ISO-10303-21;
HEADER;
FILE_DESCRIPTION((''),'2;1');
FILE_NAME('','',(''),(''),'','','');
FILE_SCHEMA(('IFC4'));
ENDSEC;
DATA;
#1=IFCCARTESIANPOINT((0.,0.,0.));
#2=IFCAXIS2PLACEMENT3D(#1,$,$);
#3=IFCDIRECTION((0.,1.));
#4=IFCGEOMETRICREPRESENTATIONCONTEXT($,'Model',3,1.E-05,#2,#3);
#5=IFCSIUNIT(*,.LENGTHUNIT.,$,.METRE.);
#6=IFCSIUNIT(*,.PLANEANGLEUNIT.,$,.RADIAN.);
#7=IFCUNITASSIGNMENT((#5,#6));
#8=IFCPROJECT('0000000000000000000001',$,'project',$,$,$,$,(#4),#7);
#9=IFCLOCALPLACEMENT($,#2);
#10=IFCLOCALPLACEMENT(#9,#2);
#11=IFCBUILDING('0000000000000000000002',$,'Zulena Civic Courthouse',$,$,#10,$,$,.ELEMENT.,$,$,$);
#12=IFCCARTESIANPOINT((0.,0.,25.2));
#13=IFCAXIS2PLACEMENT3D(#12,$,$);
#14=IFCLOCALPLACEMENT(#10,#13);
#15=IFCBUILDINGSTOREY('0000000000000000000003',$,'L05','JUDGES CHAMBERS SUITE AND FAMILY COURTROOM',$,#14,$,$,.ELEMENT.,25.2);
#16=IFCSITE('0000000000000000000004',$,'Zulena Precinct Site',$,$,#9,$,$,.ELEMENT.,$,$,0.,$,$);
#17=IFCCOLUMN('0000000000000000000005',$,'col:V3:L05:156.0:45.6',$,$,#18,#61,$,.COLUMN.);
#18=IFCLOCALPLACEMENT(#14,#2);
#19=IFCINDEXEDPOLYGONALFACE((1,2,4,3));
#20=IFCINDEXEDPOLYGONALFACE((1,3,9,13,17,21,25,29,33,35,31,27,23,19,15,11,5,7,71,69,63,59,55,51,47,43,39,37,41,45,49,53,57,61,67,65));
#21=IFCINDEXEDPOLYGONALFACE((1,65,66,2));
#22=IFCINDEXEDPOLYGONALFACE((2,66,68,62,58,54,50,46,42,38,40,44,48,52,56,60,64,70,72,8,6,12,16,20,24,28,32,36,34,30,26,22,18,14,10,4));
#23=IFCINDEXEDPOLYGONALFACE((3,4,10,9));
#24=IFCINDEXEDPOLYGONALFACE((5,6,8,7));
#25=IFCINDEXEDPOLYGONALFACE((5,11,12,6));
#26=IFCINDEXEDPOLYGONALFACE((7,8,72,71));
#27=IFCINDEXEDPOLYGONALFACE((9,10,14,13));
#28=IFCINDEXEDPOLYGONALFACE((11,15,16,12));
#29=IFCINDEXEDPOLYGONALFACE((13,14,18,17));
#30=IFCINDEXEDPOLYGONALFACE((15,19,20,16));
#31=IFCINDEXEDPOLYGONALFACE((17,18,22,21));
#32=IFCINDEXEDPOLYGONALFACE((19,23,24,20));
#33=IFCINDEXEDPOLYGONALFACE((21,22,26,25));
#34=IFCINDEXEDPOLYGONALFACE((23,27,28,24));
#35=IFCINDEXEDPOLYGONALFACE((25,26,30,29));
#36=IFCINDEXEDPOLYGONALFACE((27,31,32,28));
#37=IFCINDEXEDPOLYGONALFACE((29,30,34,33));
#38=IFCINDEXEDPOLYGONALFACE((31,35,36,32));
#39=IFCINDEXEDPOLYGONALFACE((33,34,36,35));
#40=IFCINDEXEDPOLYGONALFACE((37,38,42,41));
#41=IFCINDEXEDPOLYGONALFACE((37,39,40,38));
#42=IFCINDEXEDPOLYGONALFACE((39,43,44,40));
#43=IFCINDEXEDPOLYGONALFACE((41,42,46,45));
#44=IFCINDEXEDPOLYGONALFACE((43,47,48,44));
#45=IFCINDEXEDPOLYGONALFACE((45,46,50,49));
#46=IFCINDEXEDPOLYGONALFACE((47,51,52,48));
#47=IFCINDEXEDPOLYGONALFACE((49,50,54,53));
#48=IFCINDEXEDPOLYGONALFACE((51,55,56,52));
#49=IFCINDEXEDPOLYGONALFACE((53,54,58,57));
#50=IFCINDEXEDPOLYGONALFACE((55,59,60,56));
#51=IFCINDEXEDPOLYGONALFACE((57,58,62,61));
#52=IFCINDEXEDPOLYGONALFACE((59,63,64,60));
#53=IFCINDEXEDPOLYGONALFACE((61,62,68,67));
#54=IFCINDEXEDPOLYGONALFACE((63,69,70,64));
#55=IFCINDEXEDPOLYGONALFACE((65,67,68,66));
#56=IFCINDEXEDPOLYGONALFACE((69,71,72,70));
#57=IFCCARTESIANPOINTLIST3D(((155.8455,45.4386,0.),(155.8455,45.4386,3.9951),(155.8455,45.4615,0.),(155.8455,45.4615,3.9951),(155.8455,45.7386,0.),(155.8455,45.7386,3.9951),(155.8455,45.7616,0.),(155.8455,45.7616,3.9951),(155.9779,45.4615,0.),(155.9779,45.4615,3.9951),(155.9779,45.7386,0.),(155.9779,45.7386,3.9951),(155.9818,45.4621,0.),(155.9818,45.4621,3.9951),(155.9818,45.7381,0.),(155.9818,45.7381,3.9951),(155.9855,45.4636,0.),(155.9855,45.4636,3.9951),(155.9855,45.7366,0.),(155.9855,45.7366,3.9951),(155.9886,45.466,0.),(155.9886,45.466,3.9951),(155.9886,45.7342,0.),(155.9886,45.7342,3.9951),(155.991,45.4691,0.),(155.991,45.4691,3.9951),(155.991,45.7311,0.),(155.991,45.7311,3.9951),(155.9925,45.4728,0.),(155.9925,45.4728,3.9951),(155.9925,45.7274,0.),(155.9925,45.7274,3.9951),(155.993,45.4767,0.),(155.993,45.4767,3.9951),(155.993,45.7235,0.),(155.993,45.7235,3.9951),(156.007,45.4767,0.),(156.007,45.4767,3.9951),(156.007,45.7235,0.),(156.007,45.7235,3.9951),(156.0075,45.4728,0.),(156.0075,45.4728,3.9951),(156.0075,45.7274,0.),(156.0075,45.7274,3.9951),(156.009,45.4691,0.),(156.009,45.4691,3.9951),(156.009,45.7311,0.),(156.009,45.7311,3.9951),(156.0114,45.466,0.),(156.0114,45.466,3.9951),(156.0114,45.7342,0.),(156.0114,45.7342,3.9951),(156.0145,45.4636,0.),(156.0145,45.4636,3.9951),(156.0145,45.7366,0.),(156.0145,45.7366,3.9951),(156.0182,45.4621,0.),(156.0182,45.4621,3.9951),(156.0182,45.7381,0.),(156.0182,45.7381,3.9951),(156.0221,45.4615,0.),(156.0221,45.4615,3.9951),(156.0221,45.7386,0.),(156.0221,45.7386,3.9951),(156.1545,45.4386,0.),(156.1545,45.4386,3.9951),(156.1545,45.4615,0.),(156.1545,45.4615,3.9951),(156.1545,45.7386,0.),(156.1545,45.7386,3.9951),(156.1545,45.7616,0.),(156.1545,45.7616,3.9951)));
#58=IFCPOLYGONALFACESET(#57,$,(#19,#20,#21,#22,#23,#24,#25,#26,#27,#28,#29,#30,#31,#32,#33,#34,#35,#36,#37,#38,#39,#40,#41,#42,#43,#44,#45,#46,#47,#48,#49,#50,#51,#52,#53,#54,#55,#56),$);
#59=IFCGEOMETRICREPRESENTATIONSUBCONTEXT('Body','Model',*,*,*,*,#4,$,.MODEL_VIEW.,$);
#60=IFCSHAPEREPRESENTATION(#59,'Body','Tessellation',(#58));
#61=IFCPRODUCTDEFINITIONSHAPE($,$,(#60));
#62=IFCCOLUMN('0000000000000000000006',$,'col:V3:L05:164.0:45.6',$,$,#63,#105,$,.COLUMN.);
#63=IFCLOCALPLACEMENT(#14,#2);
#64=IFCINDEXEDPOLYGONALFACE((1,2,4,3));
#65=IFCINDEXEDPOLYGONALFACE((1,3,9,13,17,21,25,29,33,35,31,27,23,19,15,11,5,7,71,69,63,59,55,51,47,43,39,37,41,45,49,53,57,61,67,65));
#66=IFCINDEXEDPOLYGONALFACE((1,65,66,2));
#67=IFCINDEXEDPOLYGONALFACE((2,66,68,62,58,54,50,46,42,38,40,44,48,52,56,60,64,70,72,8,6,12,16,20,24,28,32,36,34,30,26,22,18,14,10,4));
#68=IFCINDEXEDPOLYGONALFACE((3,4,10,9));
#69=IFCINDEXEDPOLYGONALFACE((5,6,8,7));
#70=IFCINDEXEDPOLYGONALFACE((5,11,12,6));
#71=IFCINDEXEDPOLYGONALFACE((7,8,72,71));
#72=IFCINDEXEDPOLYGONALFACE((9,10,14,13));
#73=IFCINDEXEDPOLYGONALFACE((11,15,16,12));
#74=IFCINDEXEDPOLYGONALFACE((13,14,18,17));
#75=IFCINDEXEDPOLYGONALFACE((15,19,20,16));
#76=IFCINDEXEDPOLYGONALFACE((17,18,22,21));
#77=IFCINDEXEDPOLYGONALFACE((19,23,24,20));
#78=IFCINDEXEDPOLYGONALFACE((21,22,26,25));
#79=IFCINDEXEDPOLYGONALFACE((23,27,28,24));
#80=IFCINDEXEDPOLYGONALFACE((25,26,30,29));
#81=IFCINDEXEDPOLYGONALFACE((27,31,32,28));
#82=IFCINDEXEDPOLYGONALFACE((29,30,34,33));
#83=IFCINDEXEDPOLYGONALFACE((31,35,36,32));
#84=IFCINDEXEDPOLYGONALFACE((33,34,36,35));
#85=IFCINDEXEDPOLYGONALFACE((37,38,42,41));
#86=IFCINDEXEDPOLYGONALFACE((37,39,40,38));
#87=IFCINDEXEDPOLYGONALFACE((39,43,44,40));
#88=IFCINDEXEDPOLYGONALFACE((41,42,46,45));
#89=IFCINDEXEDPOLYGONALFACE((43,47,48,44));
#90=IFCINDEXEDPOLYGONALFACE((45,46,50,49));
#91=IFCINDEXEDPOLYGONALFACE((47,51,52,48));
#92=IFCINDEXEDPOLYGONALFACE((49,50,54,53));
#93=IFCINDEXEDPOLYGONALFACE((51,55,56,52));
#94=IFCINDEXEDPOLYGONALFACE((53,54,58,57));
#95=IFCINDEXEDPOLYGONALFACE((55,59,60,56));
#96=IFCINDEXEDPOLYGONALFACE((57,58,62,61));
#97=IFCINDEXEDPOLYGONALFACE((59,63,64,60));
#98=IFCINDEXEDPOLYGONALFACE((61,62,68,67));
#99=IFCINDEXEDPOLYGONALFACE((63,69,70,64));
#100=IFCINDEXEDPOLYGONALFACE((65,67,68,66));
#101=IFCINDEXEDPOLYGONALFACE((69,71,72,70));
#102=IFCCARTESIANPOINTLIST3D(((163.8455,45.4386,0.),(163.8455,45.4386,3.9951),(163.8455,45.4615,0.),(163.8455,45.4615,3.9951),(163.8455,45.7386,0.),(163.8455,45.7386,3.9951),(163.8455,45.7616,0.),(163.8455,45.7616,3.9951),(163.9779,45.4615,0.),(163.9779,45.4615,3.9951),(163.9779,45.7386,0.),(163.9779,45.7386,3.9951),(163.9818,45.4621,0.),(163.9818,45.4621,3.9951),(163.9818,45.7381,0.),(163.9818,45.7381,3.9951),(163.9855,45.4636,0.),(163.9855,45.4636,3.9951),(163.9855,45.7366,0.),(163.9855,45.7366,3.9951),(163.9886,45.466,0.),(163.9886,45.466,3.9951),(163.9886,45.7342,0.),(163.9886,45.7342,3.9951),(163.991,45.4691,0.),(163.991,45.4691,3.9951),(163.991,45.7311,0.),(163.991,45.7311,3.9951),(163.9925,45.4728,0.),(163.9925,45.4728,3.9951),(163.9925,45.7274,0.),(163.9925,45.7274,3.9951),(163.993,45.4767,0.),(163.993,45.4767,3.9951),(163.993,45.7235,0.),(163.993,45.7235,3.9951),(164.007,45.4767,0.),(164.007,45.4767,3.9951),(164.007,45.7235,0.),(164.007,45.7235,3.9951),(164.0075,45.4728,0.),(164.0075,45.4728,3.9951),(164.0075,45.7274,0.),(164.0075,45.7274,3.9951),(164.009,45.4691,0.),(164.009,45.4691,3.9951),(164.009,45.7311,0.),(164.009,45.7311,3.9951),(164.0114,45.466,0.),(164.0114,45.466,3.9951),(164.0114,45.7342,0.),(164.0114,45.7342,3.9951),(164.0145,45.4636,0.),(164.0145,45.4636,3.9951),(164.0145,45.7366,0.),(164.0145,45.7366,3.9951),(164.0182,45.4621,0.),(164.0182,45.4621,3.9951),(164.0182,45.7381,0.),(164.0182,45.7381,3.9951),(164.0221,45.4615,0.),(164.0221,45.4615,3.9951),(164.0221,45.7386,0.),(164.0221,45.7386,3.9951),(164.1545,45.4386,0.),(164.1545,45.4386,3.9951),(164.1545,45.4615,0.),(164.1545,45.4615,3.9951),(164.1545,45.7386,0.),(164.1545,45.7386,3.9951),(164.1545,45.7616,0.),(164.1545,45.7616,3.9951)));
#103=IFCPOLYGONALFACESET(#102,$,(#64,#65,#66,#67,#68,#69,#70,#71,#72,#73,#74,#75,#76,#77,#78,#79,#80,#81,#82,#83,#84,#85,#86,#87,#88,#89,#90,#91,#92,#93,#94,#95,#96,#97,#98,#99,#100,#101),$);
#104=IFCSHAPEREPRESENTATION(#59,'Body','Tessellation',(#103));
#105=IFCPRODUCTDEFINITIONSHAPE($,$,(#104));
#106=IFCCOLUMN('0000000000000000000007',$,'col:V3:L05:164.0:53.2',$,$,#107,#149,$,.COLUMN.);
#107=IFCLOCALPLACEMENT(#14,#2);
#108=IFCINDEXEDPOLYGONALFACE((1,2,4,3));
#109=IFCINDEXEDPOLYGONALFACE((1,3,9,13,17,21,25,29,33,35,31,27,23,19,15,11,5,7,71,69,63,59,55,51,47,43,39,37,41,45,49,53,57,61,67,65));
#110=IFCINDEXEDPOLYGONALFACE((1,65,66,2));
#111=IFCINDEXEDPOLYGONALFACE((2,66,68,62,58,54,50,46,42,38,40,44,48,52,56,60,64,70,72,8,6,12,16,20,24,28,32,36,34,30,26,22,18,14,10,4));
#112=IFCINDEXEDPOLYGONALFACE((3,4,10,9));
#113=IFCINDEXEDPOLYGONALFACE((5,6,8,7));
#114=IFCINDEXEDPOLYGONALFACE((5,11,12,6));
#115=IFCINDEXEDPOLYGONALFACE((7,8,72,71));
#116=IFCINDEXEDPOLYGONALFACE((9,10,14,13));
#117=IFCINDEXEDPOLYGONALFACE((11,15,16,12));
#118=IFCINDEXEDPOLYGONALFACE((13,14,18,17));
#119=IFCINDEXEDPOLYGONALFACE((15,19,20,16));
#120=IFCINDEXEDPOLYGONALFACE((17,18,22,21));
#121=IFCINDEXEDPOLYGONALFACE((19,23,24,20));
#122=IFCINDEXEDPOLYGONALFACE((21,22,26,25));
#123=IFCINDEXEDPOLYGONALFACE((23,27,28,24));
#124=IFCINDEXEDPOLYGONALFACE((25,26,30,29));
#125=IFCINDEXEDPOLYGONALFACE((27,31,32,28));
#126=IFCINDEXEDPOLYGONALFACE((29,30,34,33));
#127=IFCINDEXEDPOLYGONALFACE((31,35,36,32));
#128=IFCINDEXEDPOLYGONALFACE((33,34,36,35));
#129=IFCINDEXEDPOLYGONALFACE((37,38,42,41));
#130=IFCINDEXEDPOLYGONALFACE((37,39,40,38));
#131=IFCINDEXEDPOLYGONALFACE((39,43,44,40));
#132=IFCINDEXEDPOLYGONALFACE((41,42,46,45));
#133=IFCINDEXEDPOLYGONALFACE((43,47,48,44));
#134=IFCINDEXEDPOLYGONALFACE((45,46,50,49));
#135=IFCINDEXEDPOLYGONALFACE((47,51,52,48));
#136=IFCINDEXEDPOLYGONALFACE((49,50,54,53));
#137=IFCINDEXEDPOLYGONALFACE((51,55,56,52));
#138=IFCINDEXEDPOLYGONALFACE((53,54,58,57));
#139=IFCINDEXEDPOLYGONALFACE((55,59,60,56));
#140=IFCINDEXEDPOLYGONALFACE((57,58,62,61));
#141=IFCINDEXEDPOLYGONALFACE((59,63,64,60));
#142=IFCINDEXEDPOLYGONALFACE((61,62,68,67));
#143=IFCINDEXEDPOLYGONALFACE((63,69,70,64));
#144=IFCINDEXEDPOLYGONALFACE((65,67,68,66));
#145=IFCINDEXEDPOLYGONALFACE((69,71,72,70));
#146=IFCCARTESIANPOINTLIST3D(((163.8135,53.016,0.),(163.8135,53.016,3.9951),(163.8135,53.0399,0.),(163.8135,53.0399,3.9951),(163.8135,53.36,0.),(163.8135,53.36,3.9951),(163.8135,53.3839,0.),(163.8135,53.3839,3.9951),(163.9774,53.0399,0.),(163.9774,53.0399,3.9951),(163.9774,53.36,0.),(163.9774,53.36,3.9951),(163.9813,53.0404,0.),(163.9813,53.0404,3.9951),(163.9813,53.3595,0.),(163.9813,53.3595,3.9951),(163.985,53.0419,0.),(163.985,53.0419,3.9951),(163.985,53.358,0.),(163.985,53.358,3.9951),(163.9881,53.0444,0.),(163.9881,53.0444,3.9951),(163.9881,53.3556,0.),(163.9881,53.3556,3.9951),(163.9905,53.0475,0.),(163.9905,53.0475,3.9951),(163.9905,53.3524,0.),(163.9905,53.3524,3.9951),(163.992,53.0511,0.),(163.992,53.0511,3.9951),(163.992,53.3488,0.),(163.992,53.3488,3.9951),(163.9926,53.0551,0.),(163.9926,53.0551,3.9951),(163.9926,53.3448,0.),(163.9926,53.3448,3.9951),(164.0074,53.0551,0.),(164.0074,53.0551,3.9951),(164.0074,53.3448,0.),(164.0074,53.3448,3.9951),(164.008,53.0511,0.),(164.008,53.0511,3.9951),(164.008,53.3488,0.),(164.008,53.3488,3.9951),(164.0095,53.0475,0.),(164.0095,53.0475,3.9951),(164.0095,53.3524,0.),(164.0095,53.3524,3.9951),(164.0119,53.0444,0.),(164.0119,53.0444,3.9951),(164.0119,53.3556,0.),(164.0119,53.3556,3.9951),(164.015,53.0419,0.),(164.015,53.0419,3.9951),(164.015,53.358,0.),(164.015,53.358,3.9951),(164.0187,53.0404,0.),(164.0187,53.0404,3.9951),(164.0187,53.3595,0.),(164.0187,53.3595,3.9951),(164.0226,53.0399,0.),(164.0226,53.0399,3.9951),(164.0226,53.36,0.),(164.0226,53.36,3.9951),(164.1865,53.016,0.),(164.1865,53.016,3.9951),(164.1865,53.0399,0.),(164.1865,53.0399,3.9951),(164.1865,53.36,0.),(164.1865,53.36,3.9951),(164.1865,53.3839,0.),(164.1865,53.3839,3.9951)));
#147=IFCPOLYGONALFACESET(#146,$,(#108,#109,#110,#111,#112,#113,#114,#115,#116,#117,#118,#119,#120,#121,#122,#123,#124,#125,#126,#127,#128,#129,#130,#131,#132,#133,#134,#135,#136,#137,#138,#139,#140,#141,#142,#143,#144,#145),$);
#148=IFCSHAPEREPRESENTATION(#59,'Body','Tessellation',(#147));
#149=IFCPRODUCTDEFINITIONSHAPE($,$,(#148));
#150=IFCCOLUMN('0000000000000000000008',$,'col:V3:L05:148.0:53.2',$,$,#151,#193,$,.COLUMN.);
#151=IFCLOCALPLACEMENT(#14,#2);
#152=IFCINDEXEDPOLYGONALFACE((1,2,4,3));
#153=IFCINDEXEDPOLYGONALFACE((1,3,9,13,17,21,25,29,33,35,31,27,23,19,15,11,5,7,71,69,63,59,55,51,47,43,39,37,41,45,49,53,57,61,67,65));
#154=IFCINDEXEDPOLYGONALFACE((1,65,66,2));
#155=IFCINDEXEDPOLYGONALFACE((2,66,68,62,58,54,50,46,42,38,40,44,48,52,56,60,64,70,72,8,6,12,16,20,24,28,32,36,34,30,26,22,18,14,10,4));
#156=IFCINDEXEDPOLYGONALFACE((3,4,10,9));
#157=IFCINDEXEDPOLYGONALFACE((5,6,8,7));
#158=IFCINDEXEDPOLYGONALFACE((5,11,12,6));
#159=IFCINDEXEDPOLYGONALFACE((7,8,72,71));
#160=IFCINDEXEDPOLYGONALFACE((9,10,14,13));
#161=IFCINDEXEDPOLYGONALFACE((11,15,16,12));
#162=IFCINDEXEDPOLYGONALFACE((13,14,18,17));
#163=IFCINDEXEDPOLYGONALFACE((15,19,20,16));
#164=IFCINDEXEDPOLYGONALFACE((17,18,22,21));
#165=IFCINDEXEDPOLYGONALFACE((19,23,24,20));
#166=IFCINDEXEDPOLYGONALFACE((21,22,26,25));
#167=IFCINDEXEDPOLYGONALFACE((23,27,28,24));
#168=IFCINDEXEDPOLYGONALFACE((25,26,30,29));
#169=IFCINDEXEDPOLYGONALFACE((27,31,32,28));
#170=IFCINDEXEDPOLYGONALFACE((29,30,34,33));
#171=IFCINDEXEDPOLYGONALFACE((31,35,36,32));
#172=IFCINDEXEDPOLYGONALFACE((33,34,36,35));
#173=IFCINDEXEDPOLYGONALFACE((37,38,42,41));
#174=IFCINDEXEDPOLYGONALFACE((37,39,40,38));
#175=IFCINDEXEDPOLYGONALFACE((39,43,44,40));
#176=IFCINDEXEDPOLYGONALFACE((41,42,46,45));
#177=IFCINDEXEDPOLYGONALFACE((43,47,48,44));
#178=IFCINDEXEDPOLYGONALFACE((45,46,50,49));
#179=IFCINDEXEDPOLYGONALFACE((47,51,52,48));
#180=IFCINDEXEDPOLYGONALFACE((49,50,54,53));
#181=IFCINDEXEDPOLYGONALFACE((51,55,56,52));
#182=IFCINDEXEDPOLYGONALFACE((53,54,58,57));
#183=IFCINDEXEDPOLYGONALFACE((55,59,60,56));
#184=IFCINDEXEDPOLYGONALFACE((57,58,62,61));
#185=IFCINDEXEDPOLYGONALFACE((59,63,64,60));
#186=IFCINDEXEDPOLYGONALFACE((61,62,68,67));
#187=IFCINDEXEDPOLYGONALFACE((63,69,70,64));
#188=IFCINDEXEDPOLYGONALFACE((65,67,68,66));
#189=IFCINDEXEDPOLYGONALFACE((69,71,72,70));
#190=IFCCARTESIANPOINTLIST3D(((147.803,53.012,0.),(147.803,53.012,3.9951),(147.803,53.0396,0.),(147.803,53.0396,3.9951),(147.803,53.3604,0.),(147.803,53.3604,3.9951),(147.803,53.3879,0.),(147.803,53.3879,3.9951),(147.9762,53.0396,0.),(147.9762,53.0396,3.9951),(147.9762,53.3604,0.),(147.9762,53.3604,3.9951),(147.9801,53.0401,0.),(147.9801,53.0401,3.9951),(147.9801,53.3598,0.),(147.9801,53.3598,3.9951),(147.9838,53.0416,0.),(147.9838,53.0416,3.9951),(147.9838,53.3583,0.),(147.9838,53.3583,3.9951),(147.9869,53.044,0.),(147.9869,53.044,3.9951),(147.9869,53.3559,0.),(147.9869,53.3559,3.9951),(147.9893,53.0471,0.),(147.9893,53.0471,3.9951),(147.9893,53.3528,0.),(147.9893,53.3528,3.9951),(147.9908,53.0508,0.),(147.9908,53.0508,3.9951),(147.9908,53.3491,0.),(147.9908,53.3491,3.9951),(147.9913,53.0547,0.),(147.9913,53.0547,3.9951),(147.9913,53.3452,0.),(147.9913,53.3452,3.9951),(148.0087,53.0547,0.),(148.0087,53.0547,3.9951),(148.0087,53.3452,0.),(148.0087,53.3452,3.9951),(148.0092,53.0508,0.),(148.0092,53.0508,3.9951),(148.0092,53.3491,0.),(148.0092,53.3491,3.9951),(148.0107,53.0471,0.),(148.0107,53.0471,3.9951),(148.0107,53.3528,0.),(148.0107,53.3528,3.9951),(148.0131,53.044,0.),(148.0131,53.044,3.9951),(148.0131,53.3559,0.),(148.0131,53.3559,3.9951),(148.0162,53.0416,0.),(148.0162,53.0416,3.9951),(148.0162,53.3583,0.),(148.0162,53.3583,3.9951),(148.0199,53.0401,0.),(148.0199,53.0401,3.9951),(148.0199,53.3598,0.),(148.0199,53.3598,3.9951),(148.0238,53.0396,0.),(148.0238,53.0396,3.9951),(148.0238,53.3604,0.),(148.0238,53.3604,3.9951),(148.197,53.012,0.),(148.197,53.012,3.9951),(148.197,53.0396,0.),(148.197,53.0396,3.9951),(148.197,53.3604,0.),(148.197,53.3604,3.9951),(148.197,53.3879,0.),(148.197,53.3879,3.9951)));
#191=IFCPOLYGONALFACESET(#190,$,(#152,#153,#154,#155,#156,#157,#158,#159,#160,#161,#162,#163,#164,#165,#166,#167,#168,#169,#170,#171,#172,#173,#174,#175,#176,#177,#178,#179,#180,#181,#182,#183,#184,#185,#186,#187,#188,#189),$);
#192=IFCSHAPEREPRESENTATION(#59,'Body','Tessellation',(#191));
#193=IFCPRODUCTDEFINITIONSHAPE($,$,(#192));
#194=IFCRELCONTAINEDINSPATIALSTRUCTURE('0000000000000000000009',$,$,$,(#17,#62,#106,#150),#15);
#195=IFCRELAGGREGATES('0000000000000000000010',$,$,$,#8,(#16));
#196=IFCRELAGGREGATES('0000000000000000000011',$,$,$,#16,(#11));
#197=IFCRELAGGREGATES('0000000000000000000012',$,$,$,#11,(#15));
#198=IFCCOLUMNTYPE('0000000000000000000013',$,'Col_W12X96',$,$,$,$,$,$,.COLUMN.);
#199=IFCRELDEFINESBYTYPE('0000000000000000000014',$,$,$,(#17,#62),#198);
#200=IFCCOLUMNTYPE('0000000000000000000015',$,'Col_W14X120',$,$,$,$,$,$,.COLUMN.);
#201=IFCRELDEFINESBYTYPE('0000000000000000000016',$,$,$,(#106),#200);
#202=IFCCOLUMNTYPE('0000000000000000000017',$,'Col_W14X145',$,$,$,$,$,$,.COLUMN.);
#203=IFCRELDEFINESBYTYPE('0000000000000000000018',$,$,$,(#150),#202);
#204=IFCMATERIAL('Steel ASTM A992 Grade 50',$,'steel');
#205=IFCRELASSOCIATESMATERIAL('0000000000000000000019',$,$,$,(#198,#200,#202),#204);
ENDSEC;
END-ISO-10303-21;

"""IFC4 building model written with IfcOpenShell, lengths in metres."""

from ifc_helpers import new_model, si_unit, direction, frame, origin, origin_2d, place, context, subcontext, project, spatial, i_section, extrude, material, material_profile, profile_set, type_object, element, save


model = new_model("IFC4")

# Units and contexts
model_context = context("Model", 3, precision=1e-05, world=origin(), true_north=direction((0.0, 1.0)))
body_context = subcontext(model_context, "Body", "Model", "MODEL_VIEW")
ifc_project = project(units=[si_unit("LENGTHUNIT", "METRE"), si_unit("PLANEANGLEUNIT", "RADIAN")], contexts=[model_context])

# Site, building, storey
site_placement = place(None, origin())
site = spatial("IfcSite", under=ifc_project, at=site_placement, Name="Zulena Precinct Site", CompositionType="ELEMENT", RefElevation=0.0)
building_placement = place(site_placement, origin())
building = spatial("IfcBuilding", under=site, at=building_placement, Name="Zulena Civic Courthouse", CompositionType="ELEMENT")
storey_placement = place(building_placement, frame((0.0, 0.0, 25.2)))
storey = spatial("IfcBuildingStorey", under=building, at=storey_placement, Name="L05", Description="JUDGES CHAMBERS SUITE AND FAMILY COURTROOM", CompositionType="ELEMENT", Elevation=25.2)

# Columns
ifc_material_1 = material(Name="Steel ASTM A992 Grade 50", Category="steel")
ifc_material_profile_1 = material_profile(ifc_material_1, i_section(OverallWidth=0.3091, OverallDepth=0.323, WebThickness=0.0139, FlangeThickness=0.0229, FilletRadius=0.0151, at=origin_2d()), Name="W12X96")
ifc_profile_set_1 = profile_set([ifc_material_profile_1], Name="Steel ASTM A992 Grade 50")
column_type_1 = type_object("IfcColumnType", Name="Col_W12X96", PredefinedType="COLUMN", material=ifc_profile_set_1)
for number, where, z_axis, x_axis, name in (
    (1, (156.0, 45.6001, 0.0), (0.0, 0.0, 1.0), (1.0, 0.0, 0.0), "col:V3:L05:156.0:45.6"),
    (2, (164.0, 45.6001, 0.0), (0.0, 0.0, 1.0), (1.0, 0.0, 0.0), "col:V3:L05:164.0:45.6"),
):
    element("IfcColumn", number, at=place(storey_placement, frame(where, z_axis=z_axis, x_axis=x_axis)), inside=storey, type_object=column_type_1, Name=name, PredefinedType="COLUMN", context=body_context, shape_type="SweptSolid", body=[
        extrude(i_section(OverallWidth=0.3091, OverallDepth=0.323, WebThickness=0.0139, FlangeThickness=0.0229, FilletRadius=0.0151, at=origin_2d()), origin(), (0.0, 0.0, 1.0), 3.9951),
    ])
ifc_material_profile_2 = material_profile(ifc_material_1, i_section(OverallWidth=0.373, OverallDepth=0.3679, WebThickness=0.0149, FlangeThickness=0.0239, FilletRadius=0.0151, at=origin_2d()), Name="W14X120")
ifc_profile_set_2 = profile_set([ifc_material_profile_2], Name="Steel ASTM A992 Grade 50")
column_type_2 = type_object("IfcColumnType", Name="Col_W14X120", PredefinedType="COLUMN", material=ifc_profile_set_2)
column_placement = place(storey_placement, frame((164.0, 53.2, 0.0), z_axis=(0.0, 0.0, 1.0), x_axis=(1.0, 0.0, 0.0)))
element("IfcColumn", 3, at=column_placement, inside=storey, type_object=column_type_2, Name="col:V3:L05:164.0:53.2", PredefinedType="COLUMN", context=body_context, shape_type="SweptSolid", body=[
    extrude(i_section(OverallWidth=0.373, OverallDepth=0.3679, WebThickness=0.0149, FlangeThickness=0.0239, FilletRadius=0.0151, at=origin_2d()), origin(), (0.0, 0.0, 1.0), 3.9951),
])
ifc_material_profile_3 = material_profile(ifc_material_1, i_section(OverallWidth=0.394, OverallDepth=0.376, WebThickness=0.0173, FlangeThickness=0.0276, FilletRadius=0.0151, at=origin_2d()), Name="W14X145")
ifc_profile_set_3 = profile_set([ifc_material_profile_3], Name="Steel ASTM A992 Grade 50")
column_type_3 = type_object("IfcColumnType", Name="Col_W14X145", PredefinedType="COLUMN", material=ifc_profile_set_3)
for number, where, z_axis, x_axis, name in (
    (4, (148.0, 53.2, 0.0), (0.0, 0.0, 1.0), (1.0, 0.0, 0.0), "col:V3:L05:148.0:53.2"),
):
    element("IfcColumn", number, at=place(storey_placement, frame(where, z_axis=z_axis, x_axis=x_axis)), inside=storey, type_object=column_type_3, Name=name, PredefinedType="COLUMN", context=body_context, shape_type="SweptSolid", body=[
        extrude(i_section(OverallWidth=0.394, OverallDepth=0.376, WebThickness=0.0173, FlangeThickness=0.0276, FilletRadius=0.0151, at=origin_2d()), origin(), (0.0, 0.0, 1.0), 3.9951),
    ])

save(model, "model.ifc")
